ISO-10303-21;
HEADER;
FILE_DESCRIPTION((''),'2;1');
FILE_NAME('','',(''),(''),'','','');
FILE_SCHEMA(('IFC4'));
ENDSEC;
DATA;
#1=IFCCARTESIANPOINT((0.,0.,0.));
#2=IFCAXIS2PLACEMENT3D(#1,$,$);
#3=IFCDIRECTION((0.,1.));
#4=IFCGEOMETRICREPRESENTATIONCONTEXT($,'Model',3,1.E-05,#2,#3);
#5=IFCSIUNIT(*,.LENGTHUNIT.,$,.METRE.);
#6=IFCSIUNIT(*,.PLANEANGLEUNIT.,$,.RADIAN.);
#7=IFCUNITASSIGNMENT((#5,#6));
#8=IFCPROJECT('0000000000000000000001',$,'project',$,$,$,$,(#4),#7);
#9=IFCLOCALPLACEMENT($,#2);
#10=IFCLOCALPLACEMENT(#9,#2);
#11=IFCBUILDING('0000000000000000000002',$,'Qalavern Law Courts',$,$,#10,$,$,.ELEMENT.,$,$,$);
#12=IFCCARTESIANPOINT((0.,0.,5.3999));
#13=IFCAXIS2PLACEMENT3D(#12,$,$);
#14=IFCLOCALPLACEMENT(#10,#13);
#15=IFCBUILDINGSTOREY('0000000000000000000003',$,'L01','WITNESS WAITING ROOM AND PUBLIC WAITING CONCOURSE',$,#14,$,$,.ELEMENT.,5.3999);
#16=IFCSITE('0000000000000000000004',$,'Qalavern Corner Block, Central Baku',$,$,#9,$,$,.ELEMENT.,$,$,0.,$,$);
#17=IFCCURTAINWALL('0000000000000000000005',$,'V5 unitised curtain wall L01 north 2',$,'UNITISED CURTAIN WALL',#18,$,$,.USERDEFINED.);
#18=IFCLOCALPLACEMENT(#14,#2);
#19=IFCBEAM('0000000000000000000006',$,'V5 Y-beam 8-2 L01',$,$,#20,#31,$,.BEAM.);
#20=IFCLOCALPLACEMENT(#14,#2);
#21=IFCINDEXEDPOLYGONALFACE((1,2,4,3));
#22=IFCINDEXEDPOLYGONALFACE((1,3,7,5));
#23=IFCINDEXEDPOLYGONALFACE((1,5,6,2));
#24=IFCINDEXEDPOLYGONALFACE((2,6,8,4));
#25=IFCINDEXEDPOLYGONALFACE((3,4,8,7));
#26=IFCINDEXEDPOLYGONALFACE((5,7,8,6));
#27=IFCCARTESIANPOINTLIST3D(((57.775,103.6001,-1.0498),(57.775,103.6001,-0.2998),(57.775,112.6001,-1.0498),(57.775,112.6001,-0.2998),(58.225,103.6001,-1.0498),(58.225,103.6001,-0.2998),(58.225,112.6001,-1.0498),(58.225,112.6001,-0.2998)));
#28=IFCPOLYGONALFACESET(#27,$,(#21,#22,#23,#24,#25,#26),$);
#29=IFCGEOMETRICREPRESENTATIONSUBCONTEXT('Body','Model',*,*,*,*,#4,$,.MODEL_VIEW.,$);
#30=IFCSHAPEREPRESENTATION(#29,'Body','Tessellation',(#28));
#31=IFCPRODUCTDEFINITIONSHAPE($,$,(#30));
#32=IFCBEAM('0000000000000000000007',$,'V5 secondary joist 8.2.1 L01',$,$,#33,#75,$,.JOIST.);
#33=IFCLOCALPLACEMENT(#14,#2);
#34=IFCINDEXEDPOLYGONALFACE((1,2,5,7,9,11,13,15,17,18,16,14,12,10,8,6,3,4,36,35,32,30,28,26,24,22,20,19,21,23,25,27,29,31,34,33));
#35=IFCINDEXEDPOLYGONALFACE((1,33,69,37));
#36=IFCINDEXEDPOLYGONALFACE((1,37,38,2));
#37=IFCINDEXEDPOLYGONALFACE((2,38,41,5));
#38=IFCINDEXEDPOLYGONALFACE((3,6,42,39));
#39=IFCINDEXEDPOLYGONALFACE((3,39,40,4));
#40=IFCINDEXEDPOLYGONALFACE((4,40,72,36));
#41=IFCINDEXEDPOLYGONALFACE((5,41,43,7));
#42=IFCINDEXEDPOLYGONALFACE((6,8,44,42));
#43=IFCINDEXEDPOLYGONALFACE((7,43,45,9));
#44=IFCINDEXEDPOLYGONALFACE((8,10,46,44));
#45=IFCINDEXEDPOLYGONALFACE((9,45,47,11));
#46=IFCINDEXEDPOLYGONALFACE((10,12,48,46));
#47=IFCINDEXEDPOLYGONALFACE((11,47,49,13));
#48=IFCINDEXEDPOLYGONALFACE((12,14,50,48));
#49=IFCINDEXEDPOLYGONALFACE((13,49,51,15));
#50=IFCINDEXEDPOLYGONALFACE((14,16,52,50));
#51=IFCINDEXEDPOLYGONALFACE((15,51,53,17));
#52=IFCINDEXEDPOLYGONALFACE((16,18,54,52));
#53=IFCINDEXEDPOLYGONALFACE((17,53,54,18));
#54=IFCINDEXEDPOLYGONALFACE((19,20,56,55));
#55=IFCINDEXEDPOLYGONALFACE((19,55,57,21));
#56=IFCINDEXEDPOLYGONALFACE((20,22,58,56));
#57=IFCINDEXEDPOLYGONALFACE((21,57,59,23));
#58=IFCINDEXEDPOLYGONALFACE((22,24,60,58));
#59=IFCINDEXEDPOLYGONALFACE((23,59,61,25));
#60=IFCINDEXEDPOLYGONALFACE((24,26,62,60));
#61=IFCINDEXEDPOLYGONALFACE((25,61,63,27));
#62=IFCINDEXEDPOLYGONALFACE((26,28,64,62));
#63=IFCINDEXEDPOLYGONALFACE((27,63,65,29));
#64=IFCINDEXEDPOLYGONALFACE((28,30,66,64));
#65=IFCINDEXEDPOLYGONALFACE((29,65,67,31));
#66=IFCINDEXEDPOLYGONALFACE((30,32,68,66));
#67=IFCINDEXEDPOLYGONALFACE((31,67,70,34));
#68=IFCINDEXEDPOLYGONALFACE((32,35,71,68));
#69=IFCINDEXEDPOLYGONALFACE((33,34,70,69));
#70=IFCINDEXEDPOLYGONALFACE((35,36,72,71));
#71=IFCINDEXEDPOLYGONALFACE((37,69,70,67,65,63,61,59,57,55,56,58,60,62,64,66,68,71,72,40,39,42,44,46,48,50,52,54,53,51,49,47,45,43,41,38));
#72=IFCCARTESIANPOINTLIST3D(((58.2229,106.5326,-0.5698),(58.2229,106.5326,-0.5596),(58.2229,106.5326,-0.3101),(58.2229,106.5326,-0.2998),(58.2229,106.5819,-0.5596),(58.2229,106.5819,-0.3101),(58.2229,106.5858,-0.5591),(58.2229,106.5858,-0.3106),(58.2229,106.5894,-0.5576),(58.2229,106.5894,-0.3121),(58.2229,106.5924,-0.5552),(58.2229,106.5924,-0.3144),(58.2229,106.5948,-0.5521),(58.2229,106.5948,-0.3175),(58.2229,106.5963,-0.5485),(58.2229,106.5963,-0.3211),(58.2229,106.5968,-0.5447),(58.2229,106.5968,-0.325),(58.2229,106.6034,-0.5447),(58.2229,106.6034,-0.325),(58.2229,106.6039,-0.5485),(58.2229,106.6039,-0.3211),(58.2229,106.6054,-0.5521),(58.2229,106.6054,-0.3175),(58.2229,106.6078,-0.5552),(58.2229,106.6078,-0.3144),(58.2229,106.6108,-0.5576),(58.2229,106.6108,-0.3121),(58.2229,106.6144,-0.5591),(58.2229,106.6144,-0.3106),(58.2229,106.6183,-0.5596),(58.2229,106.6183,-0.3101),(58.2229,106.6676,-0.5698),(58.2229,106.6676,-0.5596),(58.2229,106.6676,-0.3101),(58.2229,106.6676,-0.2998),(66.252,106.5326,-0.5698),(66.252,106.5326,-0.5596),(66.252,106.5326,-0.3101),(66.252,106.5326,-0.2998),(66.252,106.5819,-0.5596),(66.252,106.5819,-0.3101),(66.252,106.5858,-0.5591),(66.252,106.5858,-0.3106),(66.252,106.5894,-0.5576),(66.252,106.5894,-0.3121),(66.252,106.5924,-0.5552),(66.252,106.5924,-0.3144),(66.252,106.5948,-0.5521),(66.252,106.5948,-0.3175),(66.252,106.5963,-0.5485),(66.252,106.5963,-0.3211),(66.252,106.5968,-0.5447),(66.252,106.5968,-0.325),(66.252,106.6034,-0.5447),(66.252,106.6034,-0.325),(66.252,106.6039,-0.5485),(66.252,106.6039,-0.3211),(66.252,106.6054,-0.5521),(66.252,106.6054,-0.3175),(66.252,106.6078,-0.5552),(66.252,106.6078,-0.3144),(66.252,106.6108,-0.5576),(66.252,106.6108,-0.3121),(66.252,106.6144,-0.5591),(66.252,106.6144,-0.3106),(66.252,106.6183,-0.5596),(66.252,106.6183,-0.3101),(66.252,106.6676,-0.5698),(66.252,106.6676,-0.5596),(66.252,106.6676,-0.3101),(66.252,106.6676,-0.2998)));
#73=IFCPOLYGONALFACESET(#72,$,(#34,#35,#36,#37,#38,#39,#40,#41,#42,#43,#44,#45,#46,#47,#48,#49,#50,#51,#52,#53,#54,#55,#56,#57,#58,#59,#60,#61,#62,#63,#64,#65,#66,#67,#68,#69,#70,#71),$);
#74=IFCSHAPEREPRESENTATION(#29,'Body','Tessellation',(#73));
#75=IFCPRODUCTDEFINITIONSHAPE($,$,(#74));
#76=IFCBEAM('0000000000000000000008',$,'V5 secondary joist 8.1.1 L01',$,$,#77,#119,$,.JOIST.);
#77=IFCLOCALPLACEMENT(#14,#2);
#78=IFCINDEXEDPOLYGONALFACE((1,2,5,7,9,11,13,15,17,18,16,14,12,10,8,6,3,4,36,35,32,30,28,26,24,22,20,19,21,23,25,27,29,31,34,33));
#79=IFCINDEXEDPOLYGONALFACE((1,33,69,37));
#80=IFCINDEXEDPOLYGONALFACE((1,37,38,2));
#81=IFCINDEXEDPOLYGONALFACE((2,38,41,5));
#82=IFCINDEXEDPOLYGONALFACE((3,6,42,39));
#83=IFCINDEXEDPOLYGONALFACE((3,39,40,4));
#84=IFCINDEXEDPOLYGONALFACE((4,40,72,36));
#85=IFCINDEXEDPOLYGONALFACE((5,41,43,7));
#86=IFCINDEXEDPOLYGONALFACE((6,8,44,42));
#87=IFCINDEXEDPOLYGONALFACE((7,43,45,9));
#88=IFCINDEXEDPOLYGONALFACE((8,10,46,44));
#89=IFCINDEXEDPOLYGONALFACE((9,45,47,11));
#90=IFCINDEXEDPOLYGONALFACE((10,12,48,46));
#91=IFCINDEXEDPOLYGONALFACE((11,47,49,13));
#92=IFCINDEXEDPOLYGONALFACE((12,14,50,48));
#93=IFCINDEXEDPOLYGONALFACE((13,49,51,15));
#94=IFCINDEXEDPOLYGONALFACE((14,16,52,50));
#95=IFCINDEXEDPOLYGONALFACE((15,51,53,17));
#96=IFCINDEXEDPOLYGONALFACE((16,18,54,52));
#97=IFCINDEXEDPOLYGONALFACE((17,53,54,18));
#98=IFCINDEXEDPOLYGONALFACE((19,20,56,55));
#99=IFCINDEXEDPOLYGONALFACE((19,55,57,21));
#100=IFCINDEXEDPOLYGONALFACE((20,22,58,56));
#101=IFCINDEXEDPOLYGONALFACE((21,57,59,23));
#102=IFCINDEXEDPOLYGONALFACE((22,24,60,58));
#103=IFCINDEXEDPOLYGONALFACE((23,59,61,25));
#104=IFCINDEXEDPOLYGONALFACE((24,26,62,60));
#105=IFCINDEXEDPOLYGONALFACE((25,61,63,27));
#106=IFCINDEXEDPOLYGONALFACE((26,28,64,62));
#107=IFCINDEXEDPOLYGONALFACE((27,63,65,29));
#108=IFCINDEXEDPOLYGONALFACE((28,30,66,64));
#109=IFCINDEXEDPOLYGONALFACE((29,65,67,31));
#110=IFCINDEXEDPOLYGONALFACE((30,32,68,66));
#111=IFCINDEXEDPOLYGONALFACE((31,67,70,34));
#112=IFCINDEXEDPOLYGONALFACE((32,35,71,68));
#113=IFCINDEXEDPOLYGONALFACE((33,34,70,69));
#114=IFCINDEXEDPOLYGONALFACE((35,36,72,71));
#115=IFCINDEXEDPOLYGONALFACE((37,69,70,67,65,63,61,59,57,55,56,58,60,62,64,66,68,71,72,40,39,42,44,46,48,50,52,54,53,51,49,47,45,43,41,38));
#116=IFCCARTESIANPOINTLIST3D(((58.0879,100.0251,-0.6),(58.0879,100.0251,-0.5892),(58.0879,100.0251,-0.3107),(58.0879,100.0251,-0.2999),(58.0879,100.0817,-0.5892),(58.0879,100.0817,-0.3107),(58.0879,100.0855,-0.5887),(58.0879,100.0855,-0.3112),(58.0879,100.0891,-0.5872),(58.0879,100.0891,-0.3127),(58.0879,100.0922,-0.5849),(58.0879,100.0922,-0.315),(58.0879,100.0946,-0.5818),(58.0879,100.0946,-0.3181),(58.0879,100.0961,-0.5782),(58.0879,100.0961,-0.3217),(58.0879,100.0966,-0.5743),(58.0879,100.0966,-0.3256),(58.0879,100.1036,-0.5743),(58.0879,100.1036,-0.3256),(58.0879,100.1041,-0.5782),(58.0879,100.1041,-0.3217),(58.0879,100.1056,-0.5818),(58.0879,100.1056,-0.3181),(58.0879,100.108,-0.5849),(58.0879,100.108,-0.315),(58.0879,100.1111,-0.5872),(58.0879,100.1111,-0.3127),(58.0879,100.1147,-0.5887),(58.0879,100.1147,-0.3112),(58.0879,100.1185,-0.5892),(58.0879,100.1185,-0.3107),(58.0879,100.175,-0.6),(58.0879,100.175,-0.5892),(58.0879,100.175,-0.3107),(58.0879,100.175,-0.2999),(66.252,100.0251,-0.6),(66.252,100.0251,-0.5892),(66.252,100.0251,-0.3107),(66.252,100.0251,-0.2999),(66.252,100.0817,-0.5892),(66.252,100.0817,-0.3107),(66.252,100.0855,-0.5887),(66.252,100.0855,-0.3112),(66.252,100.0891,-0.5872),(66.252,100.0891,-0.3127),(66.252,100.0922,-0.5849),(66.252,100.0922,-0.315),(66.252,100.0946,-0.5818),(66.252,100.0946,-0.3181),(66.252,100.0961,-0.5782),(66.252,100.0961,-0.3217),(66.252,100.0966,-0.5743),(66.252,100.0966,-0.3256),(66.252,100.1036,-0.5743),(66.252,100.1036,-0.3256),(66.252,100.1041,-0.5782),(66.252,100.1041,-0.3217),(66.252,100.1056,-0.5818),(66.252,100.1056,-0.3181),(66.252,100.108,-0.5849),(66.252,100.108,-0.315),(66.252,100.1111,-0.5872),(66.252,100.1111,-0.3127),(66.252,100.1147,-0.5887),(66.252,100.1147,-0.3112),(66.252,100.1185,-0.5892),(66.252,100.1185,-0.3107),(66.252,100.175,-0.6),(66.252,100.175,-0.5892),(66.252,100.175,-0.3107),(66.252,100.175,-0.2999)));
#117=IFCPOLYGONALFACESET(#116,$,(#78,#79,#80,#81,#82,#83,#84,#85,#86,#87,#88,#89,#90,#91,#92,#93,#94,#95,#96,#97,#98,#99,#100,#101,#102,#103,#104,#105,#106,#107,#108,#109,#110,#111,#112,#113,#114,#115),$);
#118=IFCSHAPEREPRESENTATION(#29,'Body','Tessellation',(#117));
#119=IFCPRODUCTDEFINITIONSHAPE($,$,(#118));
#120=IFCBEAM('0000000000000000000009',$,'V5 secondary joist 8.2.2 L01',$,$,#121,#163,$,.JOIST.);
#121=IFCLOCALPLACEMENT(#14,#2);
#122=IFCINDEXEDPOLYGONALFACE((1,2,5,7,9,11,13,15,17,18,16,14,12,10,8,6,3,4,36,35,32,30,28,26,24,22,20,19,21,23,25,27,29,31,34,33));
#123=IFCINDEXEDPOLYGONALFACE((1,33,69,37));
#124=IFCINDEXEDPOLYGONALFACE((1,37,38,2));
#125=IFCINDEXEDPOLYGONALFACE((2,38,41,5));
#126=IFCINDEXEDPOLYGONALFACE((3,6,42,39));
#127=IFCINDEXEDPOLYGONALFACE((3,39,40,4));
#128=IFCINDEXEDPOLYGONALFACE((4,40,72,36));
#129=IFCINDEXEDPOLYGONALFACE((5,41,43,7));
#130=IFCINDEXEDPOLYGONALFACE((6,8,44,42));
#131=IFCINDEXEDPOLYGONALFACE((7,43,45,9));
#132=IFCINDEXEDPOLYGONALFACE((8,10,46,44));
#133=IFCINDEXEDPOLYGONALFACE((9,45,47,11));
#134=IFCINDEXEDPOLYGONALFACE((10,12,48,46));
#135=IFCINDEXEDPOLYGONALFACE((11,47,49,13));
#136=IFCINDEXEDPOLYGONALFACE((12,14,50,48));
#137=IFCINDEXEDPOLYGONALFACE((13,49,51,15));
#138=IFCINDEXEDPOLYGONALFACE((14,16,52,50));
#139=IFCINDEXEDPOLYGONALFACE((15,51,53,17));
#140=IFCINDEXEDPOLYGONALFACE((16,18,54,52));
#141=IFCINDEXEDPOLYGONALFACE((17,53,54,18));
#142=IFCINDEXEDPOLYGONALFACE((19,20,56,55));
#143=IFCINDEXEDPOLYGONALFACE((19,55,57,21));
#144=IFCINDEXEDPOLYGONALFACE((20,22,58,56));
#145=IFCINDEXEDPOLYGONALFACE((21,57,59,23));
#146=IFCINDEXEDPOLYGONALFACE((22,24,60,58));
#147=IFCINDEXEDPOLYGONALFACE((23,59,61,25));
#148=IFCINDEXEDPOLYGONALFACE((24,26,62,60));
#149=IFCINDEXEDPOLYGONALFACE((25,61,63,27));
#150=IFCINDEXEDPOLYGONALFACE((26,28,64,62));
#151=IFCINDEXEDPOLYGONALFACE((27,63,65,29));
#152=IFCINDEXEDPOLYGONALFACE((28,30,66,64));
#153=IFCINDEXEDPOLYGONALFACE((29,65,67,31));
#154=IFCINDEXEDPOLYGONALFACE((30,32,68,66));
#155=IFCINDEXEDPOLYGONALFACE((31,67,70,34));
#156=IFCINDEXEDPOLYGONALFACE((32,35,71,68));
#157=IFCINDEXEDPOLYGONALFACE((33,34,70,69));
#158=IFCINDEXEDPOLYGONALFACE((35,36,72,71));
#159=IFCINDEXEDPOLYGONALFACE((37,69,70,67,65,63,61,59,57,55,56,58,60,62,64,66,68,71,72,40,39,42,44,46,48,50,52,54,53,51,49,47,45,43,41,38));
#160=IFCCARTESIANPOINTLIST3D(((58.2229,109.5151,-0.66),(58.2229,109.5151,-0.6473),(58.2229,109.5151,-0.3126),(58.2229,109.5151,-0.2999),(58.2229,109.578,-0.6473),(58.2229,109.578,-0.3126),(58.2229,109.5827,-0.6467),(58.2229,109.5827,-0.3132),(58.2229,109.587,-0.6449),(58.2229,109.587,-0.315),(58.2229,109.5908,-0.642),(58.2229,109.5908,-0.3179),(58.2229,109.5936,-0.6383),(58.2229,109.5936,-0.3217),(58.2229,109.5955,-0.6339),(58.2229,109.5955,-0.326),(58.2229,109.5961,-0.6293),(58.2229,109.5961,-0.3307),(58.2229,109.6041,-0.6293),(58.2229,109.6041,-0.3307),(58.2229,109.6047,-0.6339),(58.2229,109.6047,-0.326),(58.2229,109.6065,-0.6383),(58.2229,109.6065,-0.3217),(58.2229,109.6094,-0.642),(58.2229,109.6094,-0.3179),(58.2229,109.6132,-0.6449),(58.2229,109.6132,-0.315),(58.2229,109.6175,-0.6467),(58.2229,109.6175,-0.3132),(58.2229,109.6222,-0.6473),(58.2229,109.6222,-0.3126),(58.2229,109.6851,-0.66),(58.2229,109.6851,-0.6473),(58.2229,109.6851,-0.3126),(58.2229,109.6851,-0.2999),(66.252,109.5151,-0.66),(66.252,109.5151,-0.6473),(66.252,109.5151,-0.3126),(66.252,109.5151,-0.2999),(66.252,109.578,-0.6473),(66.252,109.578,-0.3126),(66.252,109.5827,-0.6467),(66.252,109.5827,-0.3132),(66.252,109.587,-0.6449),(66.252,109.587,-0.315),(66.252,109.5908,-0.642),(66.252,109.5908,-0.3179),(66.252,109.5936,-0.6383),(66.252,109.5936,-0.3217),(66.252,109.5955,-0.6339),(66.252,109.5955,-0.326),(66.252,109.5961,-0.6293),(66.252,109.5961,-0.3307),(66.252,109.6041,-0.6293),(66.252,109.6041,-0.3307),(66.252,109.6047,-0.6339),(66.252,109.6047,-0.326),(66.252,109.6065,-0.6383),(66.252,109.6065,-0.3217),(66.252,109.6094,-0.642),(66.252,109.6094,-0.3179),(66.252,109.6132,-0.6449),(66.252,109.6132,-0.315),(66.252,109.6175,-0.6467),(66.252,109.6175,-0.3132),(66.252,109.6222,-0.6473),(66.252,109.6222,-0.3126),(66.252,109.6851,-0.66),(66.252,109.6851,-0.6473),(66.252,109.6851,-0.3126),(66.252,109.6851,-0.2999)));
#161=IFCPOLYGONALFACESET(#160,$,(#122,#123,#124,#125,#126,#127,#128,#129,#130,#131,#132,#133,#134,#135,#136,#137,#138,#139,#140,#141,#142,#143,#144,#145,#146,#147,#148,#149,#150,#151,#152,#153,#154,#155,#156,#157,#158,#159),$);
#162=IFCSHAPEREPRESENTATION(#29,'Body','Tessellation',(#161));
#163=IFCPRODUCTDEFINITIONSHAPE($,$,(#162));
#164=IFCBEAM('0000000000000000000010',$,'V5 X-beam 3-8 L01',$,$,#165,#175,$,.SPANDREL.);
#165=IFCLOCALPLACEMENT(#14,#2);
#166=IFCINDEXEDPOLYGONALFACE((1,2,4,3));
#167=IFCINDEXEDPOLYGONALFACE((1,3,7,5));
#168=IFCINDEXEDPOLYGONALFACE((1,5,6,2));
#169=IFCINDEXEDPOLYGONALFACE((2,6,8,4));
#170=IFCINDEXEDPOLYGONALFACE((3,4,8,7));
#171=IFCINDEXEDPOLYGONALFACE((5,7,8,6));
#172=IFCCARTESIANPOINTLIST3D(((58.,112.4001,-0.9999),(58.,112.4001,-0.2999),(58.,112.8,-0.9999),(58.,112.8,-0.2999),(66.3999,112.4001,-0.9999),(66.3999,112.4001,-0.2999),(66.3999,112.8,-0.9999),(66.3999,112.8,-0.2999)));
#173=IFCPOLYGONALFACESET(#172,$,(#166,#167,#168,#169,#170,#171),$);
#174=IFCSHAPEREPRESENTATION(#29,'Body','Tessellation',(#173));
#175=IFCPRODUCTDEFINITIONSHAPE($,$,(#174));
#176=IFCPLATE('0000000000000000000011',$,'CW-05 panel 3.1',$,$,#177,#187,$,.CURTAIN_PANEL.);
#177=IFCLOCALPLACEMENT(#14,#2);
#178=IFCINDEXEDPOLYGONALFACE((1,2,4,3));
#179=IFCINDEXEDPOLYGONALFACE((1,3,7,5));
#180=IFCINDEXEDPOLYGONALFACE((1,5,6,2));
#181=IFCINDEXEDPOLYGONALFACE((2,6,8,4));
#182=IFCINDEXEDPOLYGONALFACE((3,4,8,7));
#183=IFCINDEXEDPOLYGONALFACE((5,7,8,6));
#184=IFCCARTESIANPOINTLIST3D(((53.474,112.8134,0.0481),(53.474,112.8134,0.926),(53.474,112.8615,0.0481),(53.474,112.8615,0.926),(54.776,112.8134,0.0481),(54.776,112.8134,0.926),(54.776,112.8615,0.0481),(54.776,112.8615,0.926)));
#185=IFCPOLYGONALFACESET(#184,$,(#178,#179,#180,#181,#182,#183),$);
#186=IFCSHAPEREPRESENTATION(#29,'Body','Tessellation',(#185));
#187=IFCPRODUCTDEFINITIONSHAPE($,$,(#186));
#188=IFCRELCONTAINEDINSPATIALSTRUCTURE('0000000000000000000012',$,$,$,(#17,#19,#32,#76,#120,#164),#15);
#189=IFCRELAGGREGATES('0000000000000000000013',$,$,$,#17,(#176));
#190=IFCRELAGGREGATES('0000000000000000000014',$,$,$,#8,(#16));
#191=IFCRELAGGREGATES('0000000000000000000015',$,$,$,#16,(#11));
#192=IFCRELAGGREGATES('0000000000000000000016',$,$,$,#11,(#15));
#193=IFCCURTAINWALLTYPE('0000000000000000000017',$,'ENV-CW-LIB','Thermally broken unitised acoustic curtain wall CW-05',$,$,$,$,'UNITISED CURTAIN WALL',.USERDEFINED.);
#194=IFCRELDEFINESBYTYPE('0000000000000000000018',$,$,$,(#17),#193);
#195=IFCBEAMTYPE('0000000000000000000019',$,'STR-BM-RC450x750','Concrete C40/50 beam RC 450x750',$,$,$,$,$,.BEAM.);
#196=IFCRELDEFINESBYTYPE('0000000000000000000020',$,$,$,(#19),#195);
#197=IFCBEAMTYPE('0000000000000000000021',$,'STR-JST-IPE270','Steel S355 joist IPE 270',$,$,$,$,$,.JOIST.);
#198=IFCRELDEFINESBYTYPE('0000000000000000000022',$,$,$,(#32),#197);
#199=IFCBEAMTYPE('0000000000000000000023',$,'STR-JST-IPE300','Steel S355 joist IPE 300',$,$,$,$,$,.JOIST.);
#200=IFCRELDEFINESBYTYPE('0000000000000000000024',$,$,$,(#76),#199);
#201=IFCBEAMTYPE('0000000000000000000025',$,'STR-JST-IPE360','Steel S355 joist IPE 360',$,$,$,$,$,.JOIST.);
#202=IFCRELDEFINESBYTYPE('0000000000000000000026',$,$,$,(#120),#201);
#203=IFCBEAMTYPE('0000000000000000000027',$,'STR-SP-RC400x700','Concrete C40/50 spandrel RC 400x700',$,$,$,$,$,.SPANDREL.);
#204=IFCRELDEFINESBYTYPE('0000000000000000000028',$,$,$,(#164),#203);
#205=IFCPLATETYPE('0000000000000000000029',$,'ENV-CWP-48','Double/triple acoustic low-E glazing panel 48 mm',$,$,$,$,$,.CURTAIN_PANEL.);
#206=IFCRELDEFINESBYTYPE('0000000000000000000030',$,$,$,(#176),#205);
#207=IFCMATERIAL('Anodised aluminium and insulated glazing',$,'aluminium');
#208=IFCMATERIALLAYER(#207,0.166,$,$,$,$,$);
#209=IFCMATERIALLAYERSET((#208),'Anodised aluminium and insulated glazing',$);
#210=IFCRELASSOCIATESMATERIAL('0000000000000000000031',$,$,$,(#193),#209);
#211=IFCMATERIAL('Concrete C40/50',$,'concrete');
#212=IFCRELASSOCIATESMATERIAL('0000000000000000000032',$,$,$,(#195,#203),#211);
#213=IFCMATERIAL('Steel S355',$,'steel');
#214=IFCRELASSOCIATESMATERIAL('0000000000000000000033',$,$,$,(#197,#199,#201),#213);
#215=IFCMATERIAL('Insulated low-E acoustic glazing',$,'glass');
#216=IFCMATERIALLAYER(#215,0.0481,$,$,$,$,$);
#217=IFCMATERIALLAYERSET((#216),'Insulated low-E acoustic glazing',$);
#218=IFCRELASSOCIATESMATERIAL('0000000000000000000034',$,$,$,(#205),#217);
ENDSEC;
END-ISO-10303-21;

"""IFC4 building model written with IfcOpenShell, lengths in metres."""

from ifc_helpers import new_model, si_unit, direction, frame, origin, origin_2d, place, context, subcontext, project, spatial, rectangle, i_section, extrude, material, layer, layer_set, material_profile, profile_set, type_object, element, aggregate, save


model = new_model("IFC4")

# Units and contexts
model_context = context("Model", 3, precision=1e-05, world=origin(), true_north=direction((0.0, 1.0)))
body_context = subcontext(model_context, "Body", "Model", "MODEL_VIEW")
ifc_project = project(units=[si_unit("LENGTHUNIT", "METRE"), si_unit("PLANEANGLEUNIT", "RADIAN")], contexts=[model_context])

# Site, building, storey
site_placement = place(None, origin())
site = spatial("IfcSite", under=ifc_project, at=site_placement, Name="Qalavern Corner Block, Central Baku", CompositionType="ELEMENT", RefElevation=0.0)
building_placement = place(site_placement, origin())
building = spatial("IfcBuilding", under=site, at=building_placement, Name="Qalavern Law Courts", CompositionType="ELEMENT")
storey_placement = place(building_placement, frame((0.0, 0.0, 5.3999)))
storey = spatial("IfcBuildingStorey", under=building, at=storey_placement, Name="L01", Description="WITNESS WAITING ROOM AND PUBLIC WAITING CONCOURSE", CompositionType="ELEMENT", Elevation=5.3999)

# Curtain wall
ifc_material_1 = material(Name="Anodised aluminium and insulated glazing", Category="aluminium")
ifc_layer_1 = layer(ifc_material_1, 0.166)
ifc_layer_set_1 = layer_set([ifc_layer_1], Name="Anodised aluminium and insulated glazing")
curtain_wall_type = type_object("IfcCurtainWallType", Name="ENV-CW-LIB", Description="Thermally broken unitised acoustic curtain wall CW-05", ElementType="UNITISED CURTAIN WALL", PredefinedType="USERDEFINED", material=ifc_layer_set_1)
curtain_wall_placement = place(storey_placement, origin())
curtain_wall = element("IfcCurtainWall", 1, at=curtain_wall_placement, inside=storey, type_object=curtain_wall_type, Name="V5 unitised curtain wall L01 north 2", ObjectType="UNITISED CURTAIN WALL", PredefinedType="USERDEFINED")

# Beams
ifc_material_2 = material(Name="Steel S355", Category="steel")
ifc_material_3 = material(Name="Concrete C40/50", Category="concrete")
ifc_material_profile_1 = material_profile(ifc_material_3, rectangle(XDim=0.45, YDim=0.75, at=origin_2d()), Name="RC 450x750")
ifc_profile_set_1 = profile_set([ifc_material_profile_1], Name="Concrete C40/50")
beam_type_1 = type_object("IfcBeamType", Name="STR-BM-RC450x750", Description="Concrete C40/50 beam RC 450x750", PredefinedType="BEAM", material=ifc_profile_set_1)
beam_1_placement = place(storey_placement, frame((58.0, 103.6001, -0.6748), z_axis=(0.0, 1.0, 0.0), x_axis=(-1.0, 0.0, 0.0)))
element("IfcBeam", 2, at=beam_1_placement, inside=storey, type_object=beam_type_1, Name="V5 Y-beam 8-2 L01", PredefinedType="BEAM", context=body_context, shape_type="SweptSolid", body=[
    extrude(rectangle(XDim=0.45, YDim=0.75, at=origin_2d()), origin(), (0.0, 0.0, 1.0), 9.0),
])
ifc_material_profile_2 = material_profile(ifc_material_2, i_section(OverallWidth=0.135, OverallDepth=0.27, WebThickness=0.0066, FlangeThickness=0.0103, FilletRadius=0.0149, at=origin_2d()), Name="IPE 270")
ifc_profile_set_2 = profile_set([ifc_material_profile_2], Name="Steel S355")
beam_type_2 = type_object("IfcBeamType", Name="STR-JST-IPE270", Description="Steel S355 joist IPE 270", PredefinedType="JOIST", material=ifc_profile_set_2)
beam_2_placement = place(storey_placement, frame((58.2229, 106.6001, -0.4348), z_axis=(1.0, 0.0, 0.0), x_axis=(0.0, 1.0, 0.0)))
element("IfcBeam", 3, at=beam_2_placement, inside=storey, type_object=beam_type_2, Name="V5 secondary joist 8.2.1 L01", PredefinedType="JOIST", context=body_context, shape_type="SweptSolid", body=[
    extrude(i_section(OverallWidth=0.135, OverallDepth=0.27, WebThickness=0.0066, FlangeThickness=0.0103, FilletRadius=0.0149, at=origin_2d()), origin(), (0.0, 0.0, 1.0), 8.0291),
])
ifc_material_profile_3 = material_profile(ifc_material_2, i_section(OverallWidth=0.1499, OverallDepth=0.3, WebThickness=0.0071, FlangeThickness=0.0107, FilletRadius=0.0149, at=origin_2d()), Name="IPE 300")
ifc_profile_set_3 = profile_set([ifc_material_profile_3], Name="Steel S355")
beam_type_3 = type_object("IfcBeamType", Name="STR-JST-IPE300", Description="Steel S355 joist IPE 300", PredefinedType="JOIST", material=ifc_profile_set_3)
beam_3_placement = place(storey_placement, frame((58.0879, 100.1001, -0.45), z_axis=(1.0, 0.0, 0.0), x_axis=(0.0, 1.0, 0.0)))
element("IfcBeam", 4, at=beam_3_placement, inside=storey, type_object=beam_type_3, Name="V5 secondary joist 8.1.1 L01", PredefinedType="JOIST", context=body_context, shape_type="SweptSolid", body=[
    extrude(i_section(OverallWidth=0.1499, OverallDepth=0.3, WebThickness=0.0071, FlangeThickness=0.0107, FilletRadius=0.0149, at=origin_2d()), origin(), (0.0, 0.0, 1.0), 8.1641),
])
ifc_material_profile_4 = material_profile(ifc_material_2, i_section(OverallWidth=0.1699, OverallDepth=0.3601, WebThickness=0.0081, FlangeThickness=0.0127, FilletRadius=0.0181, at=origin_2d()), Name="IPE 360")
ifc_profile_set_4 = profile_set([ifc_material_profile_4], Name="Steel S355")
beam_type_4 = type_object("IfcBeamType", Name="STR-JST-IPE360", Description="Steel S355 joist IPE 360", PredefinedType="JOIST", material=ifc_profile_set_4)
beam_4_placement = place(storey_placement, frame((58.2229, 109.6001, -0.48), z_axis=(1.0, 0.0, 0.0), x_axis=(0.0, 1.0, 0.0)))
element("IfcBeam", 5, at=beam_4_placement, inside=storey, type_object=beam_type_4, Name="V5 secondary joist 8.2.2 L01", PredefinedType="JOIST", context=body_context, shape_type="SweptSolid", body=[
    extrude(i_section(OverallWidth=0.1699, OverallDepth=0.3601, WebThickness=0.0081, FlangeThickness=0.0127, FilletRadius=0.0181, at=origin_2d()), origin(), (0.0, 0.0, 1.0), 8.0291),
])
ifc_material_profile_5 = material_profile(ifc_material_3, rectangle(XDim=0.3999, YDim=0.7, at=origin_2d()), Name="RC 400x700")
ifc_profile_set_5 = profile_set([ifc_material_profile_5], Name="Concrete C40/50")
beam_type_5 = type_object("IfcBeamType", Name="STR-SP-RC400x700", Description="Concrete C40/50 spandrel RC 400x700", PredefinedType="SPANDREL", material=ifc_profile_set_5)
beam_5_placement = place(storey_placement, frame((58.0, 112.6001, -0.6499), z_axis=(1.0, 0.0, 0.0), x_axis=(0.0, 1.0, 0.0)))
element("IfcBeam", 6, at=beam_5_placement, inside=storey, type_object=beam_type_5, Name="V5 X-beam 3-8 L01", PredefinedType="SPANDREL", context=body_context, shape_type="SweptSolid", body=[
    extrude(rectangle(XDim=0.3999, YDim=0.7, at=origin_2d()), origin(), (0.0, 0.0, 1.0), 8.3999),
])

# Plate
ifc_material_4 = material(Name="Insulated low-E acoustic glazing", Category="glass")
ifc_layer_2 = layer(ifc_material_4, 0.0481)
ifc_layer_set_2 = layer_set([ifc_layer_2], Name="Insulated low-E acoustic glazing")
plate_type = type_object("IfcPlateType", Name="ENV-CWP-48", Description="Double/triple acoustic low-E glazing panel 48 mm", PredefinedType="CURTAIN_PANEL", material=ifc_layer_set_2)
plate_1_placement = place(storey_placement, frame((54.125, 112.8374, 0.0481), z_axis=(0.0, 0.0, 1.0), x_axis=(-1.0, 0.0, 0.0)))
plate_1 = element("IfcPlate", 7, at=plate_1_placement, type_object=plate_type, Name="CW-05 panel 3.1", PredefinedType="CURTAIN_PANEL", context=body_context, shape_type="SweptSolid", body=[
    extrude(rectangle(XDim=1.302, YDim=0.0481, at=origin_2d()), origin(), (0.0, 0.0, 1.0), 0.8779),
])
aggregate(curtain_wall, [plate_1])

save(model, "model.ifc")
